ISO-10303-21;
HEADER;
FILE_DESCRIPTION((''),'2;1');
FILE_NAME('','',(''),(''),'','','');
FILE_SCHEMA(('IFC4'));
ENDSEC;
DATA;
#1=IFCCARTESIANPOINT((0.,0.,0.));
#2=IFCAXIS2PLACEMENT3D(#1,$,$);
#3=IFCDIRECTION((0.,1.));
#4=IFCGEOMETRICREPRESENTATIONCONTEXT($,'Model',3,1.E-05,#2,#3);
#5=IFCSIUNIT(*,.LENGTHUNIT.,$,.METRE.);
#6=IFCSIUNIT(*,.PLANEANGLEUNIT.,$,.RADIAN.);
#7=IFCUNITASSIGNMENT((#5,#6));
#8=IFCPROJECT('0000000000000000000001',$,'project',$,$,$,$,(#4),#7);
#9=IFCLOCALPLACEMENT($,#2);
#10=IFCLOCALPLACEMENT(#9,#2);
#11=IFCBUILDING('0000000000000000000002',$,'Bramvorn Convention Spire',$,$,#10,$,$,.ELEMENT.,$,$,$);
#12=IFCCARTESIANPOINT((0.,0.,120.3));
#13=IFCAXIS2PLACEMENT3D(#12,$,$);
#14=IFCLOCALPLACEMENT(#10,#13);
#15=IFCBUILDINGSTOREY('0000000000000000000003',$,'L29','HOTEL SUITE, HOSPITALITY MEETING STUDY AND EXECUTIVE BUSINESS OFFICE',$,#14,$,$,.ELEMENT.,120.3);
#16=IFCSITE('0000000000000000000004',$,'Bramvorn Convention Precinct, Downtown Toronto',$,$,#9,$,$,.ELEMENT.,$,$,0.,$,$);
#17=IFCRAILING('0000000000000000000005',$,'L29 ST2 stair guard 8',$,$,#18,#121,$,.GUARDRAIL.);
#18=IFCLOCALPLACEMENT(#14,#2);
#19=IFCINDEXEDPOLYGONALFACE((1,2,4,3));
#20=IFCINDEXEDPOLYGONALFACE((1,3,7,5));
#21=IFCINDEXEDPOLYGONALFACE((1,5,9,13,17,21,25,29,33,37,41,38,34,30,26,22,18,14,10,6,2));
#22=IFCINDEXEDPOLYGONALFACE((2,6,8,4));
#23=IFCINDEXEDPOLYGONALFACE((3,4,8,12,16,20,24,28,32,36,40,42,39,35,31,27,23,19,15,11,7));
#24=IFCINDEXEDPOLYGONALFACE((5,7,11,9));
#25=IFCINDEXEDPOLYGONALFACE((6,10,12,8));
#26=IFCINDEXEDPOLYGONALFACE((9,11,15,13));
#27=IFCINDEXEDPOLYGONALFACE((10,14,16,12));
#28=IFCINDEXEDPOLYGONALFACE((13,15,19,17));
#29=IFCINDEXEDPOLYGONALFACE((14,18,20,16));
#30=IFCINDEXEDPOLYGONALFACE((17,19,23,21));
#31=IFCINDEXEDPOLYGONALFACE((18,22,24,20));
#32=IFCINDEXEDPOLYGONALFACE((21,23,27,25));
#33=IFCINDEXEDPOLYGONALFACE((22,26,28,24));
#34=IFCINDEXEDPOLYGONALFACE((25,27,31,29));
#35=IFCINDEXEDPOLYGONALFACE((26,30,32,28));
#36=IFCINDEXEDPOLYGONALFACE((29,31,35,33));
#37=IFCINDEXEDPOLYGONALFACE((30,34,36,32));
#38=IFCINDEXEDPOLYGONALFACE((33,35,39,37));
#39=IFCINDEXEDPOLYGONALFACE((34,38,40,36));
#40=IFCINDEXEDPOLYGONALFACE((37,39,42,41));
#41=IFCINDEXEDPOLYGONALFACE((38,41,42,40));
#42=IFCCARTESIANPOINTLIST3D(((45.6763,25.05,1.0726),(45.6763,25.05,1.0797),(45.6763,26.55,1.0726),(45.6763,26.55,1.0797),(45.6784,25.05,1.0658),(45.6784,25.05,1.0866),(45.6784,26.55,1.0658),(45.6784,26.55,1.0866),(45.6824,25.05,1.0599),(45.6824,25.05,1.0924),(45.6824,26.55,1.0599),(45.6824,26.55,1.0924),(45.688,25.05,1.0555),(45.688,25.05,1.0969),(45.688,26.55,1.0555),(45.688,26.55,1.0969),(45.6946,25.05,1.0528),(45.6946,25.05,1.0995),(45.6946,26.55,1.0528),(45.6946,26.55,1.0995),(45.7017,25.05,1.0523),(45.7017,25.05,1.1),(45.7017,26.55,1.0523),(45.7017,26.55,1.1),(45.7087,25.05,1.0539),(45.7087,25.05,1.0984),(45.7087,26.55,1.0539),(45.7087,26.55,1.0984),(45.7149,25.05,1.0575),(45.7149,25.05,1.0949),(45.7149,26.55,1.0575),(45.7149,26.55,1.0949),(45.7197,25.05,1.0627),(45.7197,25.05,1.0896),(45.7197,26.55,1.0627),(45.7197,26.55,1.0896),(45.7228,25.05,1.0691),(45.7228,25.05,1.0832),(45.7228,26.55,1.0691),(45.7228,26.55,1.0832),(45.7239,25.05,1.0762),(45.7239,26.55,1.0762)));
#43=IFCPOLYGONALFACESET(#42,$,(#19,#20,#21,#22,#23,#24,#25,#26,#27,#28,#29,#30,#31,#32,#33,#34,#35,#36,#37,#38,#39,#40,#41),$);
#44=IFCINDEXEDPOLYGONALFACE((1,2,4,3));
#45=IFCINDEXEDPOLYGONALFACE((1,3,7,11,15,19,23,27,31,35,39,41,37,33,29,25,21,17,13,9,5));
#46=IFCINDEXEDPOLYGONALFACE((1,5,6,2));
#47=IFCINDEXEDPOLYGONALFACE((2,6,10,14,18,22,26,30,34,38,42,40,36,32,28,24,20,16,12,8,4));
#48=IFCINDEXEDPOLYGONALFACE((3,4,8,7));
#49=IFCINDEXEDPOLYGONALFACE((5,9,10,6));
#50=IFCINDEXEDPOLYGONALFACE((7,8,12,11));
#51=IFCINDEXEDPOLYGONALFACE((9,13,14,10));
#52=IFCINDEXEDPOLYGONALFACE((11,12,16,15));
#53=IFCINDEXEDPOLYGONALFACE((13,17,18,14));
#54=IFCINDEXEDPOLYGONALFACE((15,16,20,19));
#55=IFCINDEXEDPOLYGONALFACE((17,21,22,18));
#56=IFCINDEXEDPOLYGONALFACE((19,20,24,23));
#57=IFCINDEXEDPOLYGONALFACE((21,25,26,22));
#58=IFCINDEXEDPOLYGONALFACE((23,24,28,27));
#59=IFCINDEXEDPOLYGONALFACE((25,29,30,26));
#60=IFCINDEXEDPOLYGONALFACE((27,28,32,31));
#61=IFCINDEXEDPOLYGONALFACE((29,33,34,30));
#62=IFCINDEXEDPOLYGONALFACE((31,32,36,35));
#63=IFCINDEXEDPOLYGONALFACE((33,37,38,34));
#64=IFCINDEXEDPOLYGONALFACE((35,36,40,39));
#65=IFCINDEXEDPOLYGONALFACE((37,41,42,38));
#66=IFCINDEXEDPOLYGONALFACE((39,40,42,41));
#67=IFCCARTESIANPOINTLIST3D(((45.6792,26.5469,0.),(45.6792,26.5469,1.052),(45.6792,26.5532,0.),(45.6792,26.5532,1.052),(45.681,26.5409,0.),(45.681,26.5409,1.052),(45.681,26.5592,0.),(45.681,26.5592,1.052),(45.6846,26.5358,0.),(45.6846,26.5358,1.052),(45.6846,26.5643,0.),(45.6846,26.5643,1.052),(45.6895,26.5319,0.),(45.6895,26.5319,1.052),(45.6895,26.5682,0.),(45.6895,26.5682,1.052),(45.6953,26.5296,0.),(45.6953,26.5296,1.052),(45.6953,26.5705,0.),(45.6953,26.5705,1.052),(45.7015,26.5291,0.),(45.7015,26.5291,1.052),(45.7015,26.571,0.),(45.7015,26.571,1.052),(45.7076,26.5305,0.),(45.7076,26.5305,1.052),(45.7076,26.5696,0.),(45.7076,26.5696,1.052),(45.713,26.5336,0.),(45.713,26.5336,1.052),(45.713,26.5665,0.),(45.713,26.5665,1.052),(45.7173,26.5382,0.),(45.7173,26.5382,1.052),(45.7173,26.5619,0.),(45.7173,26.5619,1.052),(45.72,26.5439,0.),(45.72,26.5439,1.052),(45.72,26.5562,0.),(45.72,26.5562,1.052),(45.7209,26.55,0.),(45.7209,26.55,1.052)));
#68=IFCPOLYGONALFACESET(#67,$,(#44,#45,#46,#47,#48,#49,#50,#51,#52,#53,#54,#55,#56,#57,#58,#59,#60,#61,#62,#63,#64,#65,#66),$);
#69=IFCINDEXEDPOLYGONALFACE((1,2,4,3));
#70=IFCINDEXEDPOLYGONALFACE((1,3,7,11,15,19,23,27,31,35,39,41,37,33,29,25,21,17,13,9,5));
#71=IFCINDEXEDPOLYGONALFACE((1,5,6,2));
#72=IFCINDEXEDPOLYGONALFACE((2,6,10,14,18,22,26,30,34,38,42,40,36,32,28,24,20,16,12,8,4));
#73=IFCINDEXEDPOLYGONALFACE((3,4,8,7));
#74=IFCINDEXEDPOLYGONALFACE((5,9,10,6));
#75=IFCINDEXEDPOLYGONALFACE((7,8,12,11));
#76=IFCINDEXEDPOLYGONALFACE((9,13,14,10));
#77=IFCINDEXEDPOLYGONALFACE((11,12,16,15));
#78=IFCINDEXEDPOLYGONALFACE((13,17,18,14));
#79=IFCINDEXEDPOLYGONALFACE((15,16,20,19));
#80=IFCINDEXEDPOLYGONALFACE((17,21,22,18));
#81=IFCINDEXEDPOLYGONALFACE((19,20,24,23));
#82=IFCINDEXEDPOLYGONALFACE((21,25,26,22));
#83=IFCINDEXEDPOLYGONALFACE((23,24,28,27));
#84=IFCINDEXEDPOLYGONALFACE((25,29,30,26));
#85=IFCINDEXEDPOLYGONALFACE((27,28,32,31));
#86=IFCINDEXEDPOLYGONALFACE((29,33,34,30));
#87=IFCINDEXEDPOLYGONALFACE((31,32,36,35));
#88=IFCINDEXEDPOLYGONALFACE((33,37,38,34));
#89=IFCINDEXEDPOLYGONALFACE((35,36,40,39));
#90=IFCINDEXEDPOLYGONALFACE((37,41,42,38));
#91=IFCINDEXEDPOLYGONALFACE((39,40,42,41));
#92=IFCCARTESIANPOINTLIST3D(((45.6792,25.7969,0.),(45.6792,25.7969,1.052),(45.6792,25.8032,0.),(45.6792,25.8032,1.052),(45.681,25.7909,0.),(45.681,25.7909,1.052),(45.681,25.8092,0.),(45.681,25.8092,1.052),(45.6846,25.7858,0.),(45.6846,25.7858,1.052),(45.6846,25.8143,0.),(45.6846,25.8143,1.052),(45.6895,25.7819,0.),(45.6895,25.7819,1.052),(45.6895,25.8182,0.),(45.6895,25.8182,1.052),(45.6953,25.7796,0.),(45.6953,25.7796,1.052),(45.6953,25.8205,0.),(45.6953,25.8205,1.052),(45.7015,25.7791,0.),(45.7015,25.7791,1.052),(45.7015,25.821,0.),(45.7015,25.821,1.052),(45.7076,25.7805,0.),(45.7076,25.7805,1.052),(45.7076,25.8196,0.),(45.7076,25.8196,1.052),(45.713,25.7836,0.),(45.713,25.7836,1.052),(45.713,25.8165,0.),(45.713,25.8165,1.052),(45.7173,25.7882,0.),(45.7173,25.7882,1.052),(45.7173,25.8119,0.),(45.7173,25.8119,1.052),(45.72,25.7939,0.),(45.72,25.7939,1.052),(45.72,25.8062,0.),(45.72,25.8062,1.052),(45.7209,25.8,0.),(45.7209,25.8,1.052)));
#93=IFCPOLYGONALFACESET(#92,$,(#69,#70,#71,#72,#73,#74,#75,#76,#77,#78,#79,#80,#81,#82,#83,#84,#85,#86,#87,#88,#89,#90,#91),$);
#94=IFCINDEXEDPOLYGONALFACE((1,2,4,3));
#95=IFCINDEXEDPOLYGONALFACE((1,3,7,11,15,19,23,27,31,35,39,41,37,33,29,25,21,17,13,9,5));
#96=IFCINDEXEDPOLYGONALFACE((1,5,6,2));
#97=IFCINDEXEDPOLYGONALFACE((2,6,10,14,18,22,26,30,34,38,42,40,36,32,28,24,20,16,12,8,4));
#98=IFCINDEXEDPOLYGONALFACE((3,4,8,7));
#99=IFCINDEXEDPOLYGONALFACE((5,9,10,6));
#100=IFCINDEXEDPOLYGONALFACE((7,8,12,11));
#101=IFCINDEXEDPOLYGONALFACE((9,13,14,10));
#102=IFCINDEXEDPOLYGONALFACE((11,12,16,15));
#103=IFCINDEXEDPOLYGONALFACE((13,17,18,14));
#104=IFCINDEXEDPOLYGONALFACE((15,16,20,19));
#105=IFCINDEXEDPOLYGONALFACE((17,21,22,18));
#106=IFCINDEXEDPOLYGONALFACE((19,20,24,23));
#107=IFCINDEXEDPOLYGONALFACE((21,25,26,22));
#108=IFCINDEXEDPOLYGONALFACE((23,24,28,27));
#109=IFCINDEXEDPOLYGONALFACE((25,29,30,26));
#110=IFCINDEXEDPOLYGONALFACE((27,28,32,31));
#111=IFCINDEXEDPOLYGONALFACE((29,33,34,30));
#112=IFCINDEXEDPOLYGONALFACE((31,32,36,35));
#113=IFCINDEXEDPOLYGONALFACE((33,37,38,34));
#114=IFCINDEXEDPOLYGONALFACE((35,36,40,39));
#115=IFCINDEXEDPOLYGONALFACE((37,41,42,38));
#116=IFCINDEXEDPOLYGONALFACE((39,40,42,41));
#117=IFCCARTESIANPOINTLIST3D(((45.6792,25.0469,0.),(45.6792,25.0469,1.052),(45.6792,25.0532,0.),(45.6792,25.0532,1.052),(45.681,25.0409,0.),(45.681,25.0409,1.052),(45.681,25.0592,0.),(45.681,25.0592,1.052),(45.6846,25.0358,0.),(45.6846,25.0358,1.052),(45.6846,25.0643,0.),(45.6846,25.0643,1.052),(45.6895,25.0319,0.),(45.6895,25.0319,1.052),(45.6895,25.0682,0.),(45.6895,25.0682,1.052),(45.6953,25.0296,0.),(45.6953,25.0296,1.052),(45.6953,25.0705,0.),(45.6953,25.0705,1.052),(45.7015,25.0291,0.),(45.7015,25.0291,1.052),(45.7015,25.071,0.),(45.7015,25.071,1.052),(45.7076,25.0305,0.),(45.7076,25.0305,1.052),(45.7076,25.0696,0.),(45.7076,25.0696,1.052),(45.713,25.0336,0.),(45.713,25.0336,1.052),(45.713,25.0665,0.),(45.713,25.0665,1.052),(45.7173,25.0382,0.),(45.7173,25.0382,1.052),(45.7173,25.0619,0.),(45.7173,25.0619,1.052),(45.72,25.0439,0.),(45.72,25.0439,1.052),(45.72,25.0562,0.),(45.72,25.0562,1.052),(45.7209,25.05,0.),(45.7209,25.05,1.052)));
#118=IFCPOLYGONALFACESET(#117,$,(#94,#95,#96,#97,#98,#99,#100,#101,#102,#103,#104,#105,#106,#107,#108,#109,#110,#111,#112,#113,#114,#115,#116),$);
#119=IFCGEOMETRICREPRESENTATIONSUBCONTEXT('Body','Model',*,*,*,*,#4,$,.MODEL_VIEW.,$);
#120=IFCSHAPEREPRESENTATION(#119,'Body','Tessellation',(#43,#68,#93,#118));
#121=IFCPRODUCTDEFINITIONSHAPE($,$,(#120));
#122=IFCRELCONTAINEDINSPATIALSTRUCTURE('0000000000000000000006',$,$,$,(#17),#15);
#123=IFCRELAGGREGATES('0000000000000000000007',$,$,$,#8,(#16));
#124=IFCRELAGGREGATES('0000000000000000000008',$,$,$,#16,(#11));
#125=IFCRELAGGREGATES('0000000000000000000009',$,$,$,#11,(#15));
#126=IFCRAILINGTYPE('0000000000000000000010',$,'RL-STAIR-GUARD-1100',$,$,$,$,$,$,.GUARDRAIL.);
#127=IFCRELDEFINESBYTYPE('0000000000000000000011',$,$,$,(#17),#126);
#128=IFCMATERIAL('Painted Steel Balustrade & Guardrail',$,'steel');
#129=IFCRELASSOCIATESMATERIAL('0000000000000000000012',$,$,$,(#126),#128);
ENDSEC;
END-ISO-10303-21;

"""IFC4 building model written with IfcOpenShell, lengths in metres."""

from ifc_helpers import new_model, si_unit, direction, frame, origin, origin_2d, place, context, subcontext, project, spatial, circle, extrude, material, type_object, element, save


model = new_model("IFC4")

# Units and contexts
model_context = context("Model", 3, precision=1e-05, world=origin(), true_north=direction((0.0, 1.0)))
body_context = subcontext(model_context, "Body", "Model", "MODEL_VIEW")
ifc_project = project(units=[si_unit("LENGTHUNIT", "METRE"), si_unit("PLANEANGLEUNIT", "RADIAN")], contexts=[model_context])

# Site, building, storey
site_placement = place(None, origin())
site = spatial("IfcSite", under=ifc_project, at=site_placement, Name="Bramvorn Convention Precinct, Downtown Toronto", CompositionType="ELEMENT", RefElevation=0.0)
building_placement = place(site_placement, origin())
building = spatial("IfcBuilding", under=site, at=building_placement, Name="Bramvorn Convention Spire", CompositionType="ELEMENT")
storey_placement = place(building_placement, frame((0.0, 0.0, 120.3)))
storey = spatial("IfcBuildingStorey", under=building, at=storey_placement, Name="L29", Description="HOTEL SUITE, HOSPITALITY MEETING STUDY AND EXECUTIVE BUSINESS OFFICE", CompositionType="ELEMENT", Elevation=120.3)

# Railing
ifc_material_1 = material(Name="Painted Steel Balustrade & Guardrail", Category="steel")
railing_type_1 = type_object("IfcRailingType", Name="RL-STAIR-GUARD-1100", PredefinedType="GUARDRAIL", material=ifc_material_1)
railing_1_placement = place(storey_placement, frame((45.7, 26.55, 0.0)))
element("IfcRailing", 1, at=railing_1_placement, inside=storey, type_object=railing_type_1, Name="L29 ST2 stair guard 8", PredefinedType="GUARDRAIL", context=body_context, shape_type="SweptSolid", body=[
    extrude(circle(Radius=0.0239, at=origin_2d()), frame((0.0, 0.0, 1.0762), z_axis=(0.0, -1.0, 0.0), x_axis=(1.0, 0.0, 0.0)), (0.0, 0.0, 1.0), 1.5),
    extrude(circle(Radius=0.021, at=origin_2d()), origin(), (0.0, 0.0, 1.0), 1.052),
    extrude(circle(Radius=0.021, at=origin_2d()), frame((0.0, -0.75, 0.0)), (0.0, 0.0, 1.0), 1.052),
    extrude(circle(Radius=0.021, at=origin_2d()), frame((0.0, -1.5, 0.0)), (0.0, 0.0, 1.0), 1.052),
])

save(model, "model.ifc")
